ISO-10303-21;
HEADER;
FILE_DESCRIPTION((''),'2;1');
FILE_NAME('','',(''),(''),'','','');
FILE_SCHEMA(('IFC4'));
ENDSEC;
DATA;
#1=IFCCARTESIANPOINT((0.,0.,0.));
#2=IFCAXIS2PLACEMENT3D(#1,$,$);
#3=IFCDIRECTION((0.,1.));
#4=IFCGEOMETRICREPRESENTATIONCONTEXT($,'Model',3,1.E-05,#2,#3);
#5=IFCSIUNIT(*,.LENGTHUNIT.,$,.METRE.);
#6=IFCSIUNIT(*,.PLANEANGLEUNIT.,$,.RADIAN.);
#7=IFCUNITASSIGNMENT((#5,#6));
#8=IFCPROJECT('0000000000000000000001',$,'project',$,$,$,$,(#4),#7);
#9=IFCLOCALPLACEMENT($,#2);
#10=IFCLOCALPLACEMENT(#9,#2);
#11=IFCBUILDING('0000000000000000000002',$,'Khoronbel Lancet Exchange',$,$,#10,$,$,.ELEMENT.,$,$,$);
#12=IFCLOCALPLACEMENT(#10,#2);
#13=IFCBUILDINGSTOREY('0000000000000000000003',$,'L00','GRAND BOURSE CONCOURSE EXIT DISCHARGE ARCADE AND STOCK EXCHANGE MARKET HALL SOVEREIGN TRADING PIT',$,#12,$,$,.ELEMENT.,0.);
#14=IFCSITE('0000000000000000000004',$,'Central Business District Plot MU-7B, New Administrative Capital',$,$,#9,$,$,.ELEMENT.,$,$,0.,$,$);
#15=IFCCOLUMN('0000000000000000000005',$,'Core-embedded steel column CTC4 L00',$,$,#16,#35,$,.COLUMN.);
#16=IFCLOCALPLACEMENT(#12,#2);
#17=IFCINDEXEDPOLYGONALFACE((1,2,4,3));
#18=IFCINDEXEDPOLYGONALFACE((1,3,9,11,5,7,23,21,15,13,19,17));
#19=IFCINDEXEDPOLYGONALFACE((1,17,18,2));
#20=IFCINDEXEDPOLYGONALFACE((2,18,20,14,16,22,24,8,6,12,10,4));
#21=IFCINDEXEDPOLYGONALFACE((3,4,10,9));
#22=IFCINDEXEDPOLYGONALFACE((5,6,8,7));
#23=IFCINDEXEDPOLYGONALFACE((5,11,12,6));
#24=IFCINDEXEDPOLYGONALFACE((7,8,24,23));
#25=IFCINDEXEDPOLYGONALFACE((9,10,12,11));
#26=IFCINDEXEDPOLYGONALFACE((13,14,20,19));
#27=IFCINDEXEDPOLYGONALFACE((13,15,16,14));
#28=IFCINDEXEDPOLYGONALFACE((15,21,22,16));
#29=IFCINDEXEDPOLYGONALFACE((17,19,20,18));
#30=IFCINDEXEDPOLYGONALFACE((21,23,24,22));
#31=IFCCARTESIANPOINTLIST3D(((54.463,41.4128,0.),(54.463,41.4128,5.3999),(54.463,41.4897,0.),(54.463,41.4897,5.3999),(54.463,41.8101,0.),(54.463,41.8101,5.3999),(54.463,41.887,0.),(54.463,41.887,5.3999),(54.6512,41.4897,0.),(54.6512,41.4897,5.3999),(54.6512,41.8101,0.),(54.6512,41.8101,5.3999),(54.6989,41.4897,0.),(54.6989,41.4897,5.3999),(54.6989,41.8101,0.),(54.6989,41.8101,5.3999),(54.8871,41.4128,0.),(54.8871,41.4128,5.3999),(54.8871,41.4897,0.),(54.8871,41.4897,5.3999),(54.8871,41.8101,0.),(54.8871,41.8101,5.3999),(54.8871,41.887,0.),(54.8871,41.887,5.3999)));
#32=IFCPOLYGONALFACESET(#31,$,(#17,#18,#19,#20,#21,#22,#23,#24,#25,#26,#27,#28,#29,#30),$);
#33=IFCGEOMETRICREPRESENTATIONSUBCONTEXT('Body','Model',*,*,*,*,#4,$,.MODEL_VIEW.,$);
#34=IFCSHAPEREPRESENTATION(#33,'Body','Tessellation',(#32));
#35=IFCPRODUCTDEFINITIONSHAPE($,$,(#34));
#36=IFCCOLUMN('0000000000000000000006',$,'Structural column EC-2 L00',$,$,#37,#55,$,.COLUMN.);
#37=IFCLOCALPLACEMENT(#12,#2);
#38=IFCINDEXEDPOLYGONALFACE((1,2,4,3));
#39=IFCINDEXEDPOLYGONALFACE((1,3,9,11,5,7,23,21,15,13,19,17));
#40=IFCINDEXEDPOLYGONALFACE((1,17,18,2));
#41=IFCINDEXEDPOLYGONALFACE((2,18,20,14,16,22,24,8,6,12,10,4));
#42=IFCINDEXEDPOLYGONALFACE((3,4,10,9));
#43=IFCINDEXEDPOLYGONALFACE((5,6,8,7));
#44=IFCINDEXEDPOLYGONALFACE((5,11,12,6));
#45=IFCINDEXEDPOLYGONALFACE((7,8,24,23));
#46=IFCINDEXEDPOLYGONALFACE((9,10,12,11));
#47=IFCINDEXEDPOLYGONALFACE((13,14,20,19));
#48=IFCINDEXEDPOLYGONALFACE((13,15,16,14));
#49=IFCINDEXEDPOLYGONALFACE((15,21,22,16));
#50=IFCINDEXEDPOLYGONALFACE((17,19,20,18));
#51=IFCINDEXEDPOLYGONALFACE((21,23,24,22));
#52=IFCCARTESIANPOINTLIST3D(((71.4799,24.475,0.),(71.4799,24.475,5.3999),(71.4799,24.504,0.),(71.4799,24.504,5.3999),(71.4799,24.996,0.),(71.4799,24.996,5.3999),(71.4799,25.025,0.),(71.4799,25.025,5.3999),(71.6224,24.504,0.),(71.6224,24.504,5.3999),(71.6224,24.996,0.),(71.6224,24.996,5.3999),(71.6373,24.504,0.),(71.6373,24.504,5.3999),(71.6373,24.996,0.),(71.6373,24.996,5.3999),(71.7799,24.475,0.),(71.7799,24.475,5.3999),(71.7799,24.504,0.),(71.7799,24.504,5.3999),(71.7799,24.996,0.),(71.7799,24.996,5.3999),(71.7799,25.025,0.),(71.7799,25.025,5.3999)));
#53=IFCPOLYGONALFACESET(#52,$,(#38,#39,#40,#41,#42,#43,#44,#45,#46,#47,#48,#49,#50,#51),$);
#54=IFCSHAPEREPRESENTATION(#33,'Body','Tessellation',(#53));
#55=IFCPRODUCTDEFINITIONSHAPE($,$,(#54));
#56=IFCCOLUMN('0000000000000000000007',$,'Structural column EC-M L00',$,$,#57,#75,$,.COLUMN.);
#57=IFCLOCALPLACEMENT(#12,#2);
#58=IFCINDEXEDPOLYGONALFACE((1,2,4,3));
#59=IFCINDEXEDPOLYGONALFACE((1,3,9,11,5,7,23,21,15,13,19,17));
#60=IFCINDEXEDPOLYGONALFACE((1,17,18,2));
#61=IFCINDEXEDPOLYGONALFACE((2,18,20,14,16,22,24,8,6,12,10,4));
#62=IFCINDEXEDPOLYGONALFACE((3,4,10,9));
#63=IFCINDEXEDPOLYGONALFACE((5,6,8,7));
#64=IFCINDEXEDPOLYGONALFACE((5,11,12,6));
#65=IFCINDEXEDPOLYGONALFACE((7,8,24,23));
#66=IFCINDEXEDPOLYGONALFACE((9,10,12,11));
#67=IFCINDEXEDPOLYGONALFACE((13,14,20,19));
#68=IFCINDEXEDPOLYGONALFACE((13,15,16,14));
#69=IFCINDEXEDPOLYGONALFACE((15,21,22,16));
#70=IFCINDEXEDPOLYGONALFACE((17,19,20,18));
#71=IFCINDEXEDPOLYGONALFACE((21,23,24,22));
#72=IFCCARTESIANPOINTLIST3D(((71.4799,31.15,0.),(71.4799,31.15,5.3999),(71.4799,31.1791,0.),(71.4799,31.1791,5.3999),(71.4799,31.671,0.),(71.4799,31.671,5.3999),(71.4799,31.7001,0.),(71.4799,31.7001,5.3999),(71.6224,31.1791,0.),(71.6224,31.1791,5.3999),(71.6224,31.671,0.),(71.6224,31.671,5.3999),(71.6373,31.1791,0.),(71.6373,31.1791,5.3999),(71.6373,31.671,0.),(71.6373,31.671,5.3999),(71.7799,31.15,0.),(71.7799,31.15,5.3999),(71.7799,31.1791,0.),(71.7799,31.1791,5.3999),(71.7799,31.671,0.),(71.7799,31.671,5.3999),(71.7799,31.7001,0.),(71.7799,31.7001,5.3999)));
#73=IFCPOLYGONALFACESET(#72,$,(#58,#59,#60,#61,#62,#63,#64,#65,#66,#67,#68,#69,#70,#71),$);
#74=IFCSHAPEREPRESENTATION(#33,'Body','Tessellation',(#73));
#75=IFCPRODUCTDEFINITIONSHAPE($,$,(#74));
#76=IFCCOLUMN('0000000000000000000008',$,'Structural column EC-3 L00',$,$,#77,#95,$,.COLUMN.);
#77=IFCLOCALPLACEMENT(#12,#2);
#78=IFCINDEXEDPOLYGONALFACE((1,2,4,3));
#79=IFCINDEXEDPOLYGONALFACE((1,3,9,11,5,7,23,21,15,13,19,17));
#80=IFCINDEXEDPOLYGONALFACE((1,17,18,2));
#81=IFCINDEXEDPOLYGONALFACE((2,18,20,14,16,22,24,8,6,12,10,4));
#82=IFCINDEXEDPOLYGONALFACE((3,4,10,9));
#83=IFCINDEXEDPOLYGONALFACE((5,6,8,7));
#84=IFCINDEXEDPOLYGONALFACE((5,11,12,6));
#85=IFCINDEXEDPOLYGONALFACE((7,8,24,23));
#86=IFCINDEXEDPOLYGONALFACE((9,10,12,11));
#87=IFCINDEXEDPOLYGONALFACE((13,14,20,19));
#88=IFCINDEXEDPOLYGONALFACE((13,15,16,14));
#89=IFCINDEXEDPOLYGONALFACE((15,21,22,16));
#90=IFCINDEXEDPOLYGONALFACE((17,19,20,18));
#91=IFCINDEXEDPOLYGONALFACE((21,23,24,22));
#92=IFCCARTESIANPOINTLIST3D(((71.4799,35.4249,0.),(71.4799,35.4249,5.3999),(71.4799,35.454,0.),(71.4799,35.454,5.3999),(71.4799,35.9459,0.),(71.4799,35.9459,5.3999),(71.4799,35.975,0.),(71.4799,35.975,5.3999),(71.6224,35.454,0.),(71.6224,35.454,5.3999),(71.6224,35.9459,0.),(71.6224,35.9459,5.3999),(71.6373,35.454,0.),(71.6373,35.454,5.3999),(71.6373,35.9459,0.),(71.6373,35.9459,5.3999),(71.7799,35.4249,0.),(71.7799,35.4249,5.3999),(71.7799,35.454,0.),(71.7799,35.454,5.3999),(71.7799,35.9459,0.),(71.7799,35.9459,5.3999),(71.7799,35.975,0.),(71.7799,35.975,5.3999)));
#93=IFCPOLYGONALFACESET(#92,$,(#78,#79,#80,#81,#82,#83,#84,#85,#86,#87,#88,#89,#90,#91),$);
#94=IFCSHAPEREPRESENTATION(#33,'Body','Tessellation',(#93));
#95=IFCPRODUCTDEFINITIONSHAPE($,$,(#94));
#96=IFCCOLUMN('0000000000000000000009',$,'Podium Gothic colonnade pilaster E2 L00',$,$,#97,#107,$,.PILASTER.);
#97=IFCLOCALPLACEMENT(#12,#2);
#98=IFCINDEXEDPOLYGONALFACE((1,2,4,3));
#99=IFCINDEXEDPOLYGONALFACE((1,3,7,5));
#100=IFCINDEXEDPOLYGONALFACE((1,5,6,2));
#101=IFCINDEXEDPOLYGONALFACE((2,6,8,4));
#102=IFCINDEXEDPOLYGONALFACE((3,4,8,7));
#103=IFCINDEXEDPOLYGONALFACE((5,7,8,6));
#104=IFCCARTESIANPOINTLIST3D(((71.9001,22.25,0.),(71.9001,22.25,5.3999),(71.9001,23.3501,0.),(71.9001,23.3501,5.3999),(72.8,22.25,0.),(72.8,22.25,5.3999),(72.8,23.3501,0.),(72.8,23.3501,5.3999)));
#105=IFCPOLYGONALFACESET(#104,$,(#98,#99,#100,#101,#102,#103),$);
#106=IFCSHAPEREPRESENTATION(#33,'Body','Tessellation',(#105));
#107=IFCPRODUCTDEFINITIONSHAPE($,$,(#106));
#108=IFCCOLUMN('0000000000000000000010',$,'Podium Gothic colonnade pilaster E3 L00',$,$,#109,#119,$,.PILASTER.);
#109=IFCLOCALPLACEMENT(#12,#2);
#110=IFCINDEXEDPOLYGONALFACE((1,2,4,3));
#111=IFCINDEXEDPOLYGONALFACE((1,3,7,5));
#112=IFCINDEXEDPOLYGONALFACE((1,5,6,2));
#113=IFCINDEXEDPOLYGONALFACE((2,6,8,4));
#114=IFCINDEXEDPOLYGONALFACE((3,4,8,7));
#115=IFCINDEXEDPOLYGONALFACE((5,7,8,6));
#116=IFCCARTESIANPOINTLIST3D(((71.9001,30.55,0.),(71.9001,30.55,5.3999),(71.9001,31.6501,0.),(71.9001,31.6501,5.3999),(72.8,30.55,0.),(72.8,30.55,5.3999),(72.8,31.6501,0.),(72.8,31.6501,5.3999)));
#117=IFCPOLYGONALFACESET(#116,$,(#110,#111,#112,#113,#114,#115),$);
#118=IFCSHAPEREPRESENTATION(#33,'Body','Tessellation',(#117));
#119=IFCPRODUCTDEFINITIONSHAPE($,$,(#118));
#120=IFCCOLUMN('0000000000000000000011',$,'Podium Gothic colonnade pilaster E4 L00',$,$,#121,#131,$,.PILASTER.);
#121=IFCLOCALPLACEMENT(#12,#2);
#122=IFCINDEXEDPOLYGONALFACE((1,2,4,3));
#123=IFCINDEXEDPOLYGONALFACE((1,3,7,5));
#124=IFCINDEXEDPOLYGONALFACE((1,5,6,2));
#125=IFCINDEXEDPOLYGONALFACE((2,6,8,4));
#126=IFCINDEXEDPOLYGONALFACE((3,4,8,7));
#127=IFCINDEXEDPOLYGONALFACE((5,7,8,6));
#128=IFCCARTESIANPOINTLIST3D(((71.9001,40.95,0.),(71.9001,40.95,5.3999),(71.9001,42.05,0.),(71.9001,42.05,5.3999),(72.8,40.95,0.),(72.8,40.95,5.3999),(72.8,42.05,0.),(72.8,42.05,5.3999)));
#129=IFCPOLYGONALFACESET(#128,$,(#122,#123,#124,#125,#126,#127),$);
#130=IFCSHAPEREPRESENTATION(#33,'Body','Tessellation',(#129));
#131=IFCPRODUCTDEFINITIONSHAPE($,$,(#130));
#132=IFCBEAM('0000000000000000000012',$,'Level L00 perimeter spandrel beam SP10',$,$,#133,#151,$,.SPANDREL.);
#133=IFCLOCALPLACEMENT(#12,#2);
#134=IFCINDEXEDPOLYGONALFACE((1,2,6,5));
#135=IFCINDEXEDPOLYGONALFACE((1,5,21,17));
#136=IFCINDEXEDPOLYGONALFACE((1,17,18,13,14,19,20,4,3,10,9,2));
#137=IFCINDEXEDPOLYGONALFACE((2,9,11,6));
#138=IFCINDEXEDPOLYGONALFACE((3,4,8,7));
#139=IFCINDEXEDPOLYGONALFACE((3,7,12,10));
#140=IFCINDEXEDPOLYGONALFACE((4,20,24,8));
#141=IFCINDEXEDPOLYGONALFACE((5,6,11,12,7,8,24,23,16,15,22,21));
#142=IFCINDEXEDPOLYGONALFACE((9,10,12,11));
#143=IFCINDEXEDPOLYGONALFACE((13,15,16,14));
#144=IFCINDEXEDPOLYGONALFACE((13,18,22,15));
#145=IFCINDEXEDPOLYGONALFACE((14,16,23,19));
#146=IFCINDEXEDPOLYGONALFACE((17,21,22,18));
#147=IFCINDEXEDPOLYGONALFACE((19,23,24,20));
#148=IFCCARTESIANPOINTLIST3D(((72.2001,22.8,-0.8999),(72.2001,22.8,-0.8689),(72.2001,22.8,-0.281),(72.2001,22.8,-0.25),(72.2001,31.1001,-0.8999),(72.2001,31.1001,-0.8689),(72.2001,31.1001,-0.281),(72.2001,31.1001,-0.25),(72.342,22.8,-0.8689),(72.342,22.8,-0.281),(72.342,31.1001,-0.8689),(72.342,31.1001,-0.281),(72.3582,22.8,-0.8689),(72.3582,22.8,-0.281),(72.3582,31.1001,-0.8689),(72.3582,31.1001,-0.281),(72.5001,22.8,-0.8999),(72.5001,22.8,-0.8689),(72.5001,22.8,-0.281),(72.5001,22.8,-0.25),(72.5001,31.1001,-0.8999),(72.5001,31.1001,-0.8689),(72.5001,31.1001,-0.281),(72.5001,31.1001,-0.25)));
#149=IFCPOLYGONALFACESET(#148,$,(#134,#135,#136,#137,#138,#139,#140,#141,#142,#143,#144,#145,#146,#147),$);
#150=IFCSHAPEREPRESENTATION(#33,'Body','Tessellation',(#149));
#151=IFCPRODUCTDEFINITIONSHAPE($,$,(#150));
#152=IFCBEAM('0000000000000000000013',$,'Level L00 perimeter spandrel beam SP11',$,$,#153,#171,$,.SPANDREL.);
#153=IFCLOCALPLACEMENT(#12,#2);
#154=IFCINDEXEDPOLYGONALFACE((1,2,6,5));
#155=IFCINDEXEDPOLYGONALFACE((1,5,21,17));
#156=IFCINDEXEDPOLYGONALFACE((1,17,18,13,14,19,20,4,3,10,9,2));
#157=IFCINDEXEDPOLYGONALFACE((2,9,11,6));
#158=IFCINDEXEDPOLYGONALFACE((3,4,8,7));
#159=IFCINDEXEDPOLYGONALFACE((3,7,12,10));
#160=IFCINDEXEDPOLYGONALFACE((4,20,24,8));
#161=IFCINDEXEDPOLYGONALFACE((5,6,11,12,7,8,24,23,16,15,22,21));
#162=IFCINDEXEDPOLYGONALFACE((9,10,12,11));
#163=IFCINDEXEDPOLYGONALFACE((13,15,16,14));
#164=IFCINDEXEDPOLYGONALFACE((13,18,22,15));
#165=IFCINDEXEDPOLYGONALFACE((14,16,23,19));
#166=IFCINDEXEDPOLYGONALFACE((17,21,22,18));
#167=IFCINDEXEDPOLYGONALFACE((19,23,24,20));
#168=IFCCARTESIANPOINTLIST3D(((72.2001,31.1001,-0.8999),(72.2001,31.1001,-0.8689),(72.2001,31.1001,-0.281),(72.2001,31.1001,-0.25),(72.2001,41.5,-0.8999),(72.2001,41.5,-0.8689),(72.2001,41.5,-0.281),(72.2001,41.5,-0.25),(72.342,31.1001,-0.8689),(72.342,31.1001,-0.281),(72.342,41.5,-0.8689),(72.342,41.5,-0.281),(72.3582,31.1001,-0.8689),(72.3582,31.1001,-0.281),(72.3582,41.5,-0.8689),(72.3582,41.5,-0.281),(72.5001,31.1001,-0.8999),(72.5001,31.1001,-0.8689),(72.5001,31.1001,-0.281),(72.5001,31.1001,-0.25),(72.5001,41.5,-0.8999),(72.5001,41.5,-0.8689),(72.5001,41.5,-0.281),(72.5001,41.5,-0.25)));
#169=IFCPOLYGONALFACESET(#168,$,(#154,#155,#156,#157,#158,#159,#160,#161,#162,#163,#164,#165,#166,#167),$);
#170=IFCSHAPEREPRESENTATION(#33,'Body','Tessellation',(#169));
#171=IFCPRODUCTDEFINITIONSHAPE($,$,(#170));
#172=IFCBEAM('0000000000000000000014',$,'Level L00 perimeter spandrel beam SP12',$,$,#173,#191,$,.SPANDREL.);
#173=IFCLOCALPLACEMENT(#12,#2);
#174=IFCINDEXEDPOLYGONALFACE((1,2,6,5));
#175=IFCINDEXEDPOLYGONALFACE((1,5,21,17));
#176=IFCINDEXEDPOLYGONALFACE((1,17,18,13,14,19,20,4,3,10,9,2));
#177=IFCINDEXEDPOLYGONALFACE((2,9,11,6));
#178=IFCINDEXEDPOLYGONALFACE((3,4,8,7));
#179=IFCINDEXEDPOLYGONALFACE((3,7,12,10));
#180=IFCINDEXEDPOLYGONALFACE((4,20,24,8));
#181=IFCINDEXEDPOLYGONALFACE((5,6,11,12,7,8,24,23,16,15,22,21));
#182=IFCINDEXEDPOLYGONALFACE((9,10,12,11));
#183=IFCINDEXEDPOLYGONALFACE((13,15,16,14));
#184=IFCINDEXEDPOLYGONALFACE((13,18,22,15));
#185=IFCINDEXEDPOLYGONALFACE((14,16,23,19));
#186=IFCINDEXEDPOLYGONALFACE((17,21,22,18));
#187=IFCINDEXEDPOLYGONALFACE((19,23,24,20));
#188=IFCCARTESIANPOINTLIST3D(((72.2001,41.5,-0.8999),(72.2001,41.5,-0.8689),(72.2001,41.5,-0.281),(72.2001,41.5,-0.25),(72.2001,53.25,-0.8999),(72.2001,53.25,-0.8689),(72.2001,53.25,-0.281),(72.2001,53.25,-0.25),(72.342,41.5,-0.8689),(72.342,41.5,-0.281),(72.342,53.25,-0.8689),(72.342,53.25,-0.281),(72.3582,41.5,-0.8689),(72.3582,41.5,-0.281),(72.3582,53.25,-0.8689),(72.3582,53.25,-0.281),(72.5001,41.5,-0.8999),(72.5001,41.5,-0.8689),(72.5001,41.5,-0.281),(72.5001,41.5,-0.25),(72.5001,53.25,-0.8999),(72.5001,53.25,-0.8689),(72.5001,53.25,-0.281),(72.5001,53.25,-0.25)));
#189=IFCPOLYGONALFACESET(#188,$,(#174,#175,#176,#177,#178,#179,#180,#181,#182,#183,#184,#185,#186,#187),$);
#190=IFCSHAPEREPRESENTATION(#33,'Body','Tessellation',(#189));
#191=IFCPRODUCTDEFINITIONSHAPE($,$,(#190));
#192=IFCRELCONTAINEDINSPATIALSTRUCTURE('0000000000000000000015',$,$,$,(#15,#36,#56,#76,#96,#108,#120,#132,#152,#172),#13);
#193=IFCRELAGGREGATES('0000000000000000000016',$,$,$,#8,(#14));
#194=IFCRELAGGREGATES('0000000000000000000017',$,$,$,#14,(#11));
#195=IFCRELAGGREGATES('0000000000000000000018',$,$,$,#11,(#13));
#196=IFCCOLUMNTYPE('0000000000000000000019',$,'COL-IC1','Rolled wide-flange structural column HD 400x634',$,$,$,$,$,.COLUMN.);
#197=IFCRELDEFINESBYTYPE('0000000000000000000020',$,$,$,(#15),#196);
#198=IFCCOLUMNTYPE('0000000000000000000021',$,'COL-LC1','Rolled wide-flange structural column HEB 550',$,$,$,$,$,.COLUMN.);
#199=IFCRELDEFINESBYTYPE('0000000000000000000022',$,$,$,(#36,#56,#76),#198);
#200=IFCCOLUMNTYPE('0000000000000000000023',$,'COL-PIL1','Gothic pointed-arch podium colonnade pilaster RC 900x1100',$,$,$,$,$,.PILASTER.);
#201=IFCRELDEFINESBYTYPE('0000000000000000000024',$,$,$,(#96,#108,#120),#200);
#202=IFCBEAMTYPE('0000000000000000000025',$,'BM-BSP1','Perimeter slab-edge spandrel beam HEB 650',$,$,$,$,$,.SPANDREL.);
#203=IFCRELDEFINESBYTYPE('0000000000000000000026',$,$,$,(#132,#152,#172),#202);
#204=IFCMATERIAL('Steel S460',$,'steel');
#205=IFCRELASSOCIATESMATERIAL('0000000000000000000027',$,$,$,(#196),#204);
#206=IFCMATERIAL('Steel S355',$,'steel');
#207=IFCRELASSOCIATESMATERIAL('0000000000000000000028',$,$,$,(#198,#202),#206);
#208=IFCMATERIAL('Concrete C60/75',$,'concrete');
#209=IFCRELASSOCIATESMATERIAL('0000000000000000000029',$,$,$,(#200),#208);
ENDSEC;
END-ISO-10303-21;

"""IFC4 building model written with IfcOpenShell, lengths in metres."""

from ifc_helpers import new_model, si_unit, direction, frame, origin, origin_2d, place, context, subcontext, project, spatial, rectangle, i_section, extrude, material, material_profile, profile_set, type_object, element, save


model = new_model("IFC4")

# Units and contexts
model_context = context("Model", 3, precision=1e-05, world=origin(), true_north=direction((0.0, 1.0)))
body_context = subcontext(model_context, "Body", "Model", "MODEL_VIEW")
ifc_project = project(units=[si_unit("LENGTHUNIT", "METRE"), si_unit("PLANEANGLEUNIT", "RADIAN")], contexts=[model_context])

# Site, building, storey
site_placement = place(None, origin())
site = spatial("IfcSite", under=ifc_project, at=site_placement, Name="Central Business District Plot MU-7B, New Administrative Capital", CompositionType="ELEMENT", RefElevation=0.0)
building_placement = place(site_placement, origin())
building = spatial("IfcBuilding", under=site, at=building_placement, Name="Khoronbel Lancet Exchange", CompositionType="ELEMENT")
storey_placement = place(building_placement, origin())
storey = spatial("IfcBuildingStorey", under=building, at=storey_placement, Name="L00", Description="GRAND BOURSE CONCOURSE EXIT DISCHARGE ARCADE AND STOCK EXCHANGE MARKET HALL SOVEREIGN TRADING PIT", CompositionType="ELEMENT", Elevation=0.0)

# Columns
ifc_material_1 = material(Name="Steel S460", Category="steel")
ifc_material_profile_1 = material_profile(ifc_material_1, i_section(OverallWidth=0.4241, OverallDepth=0.4741, WebThickness=0.0476, FlangeThickness=0.0769, at=origin_2d()), Name="HD 400x634")
ifc_profile_set_1 = profile_set([ifc_material_profile_1], Name="Steel S460")
column_type_1 = type_object("IfcColumnType", Name="COL-IC1", Description="Rolled wide-flange structural column HD 400x634", PredefinedType="COLUMN", material=ifc_profile_set_1)
column_placement = place(storey_placement, frame((54.675, 41.6499, 0.0), z_axis=(0.0, 0.0, 1.0), x_axis=(1.0, 0.0, 0.0)))
element("IfcColumn", 1, at=column_placement, inside=storey, type_object=column_type_1, Name="Core-embedded steel column CTC4 L00", PredefinedType="COLUMN", context=body_context, shape_type="SweptSolid", body=[
    extrude(i_section(OverallWidth=0.4241, OverallDepth=0.4741, WebThickness=0.0476, FlangeThickness=0.0769, at=origin_2d()), origin(), (0.0, 0.0, 1.0), 5.3999),
])
ifc_material_2 = material(Name="Steel S355", Category="steel")
ifc_material_profile_2 = material_profile(ifc_material_2, i_section(OverallWidth=0.3, OverallDepth=0.55, WebThickness=0.0149, FlangeThickness=0.0291, at=origin_2d()), Name="HEB 550")
ifc_profile_set_2 = profile_set([ifc_material_profile_2], Name="Steel S355")
column_type_2 = type_object("IfcColumnType", Name="COL-LC1", Description="Rolled wide-flange structural column HEB 550", PredefinedType="COLUMN", material=ifc_profile_set_2)
for number, where, z_axis, x_axis, name in (
    (2, (71.6299, 24.75, 0.0), (0.0, 0.0, 1.0), (1.0, 0.0, 0.0), "Structural column EC-2 L00"),
    (3, (71.6299, 31.425, 0.0), (0.0, 0.0, 1.0), (1.0, 0.0, 0.0), "Structural column EC-M L00"),
    (4, (71.6299, 35.7, 0.0), (0.0, 0.0, 1.0), (1.0, 0.0, 0.0), "Structural column EC-3 L00"),
):
    element("IfcColumn", number, at=place(storey_placement, frame(where, z_axis=z_axis, x_axis=x_axis)), inside=storey, type_object=column_type_2, Name=name, PredefinedType="COLUMN", context=body_context, shape_type="SweptSolid", body=[
        extrude(i_section(OverallWidth=0.3, OverallDepth=0.55, WebThickness=0.0149, FlangeThickness=0.0291, at=origin_2d()), origin(), (0.0, 0.0, 1.0), 5.3999),
    ])
ifc_material_3 = material(Name="Concrete C60/75", Category="concrete")
ifc_material_profile_3 = material_profile(ifc_material_3, rectangle(XDim=0.8999, YDim=1.1001, at=origin_2d()), Name="RC 900x1100")
ifc_profile_set_3 = profile_set([ifc_material_profile_3], Name="Concrete C60/75")
column_type_3 = type_object("IfcColumnType", Name="COL-PIL1", Description="Gothic pointed-arch podium colonnade pilaster RC 900x1100", PredefinedType="PILASTER", material=ifc_profile_set_3)
for number, where, z_axis, x_axis, name in (
    (5, (72.3501, 22.8, 0.0), (0.0, 0.0, 1.0), (1.0, 0.0, 0.0), "Podium Gothic colonnade pilaster E2 L00"),
    (6, (72.3501, 31.1001, 0.0), (0.0, 0.0, 1.0), (1.0, 0.0, 0.0), "Podium Gothic colonnade pilaster E3 L00"),
    (7, (72.3501, 41.5, 0.0), (0.0, 0.0, 1.0), (1.0, 0.0, 0.0), "Podium Gothic colonnade pilaster E4 L00"),
):
    element("IfcColumn", number, at=place(storey_placement, frame(where, z_axis=z_axis, x_axis=x_axis)), inside=storey, type_object=column_type_3, Name=name, PredefinedType="PILASTER", context=body_context, shape_type="SweptSolid", body=[
        extrude(rectangle(XDim=0.8999, YDim=1.1001, at=origin_2d()), origin(), (0.0, 0.0, 1.0), 5.3999),
    ])

# Beams
ifc_material_profile_4 = material_profile(ifc_material_2, i_section(OverallWidth=0.3, OverallDepth=0.6499, WebThickness=0.0161, FlangeThickness=0.031, at=origin_2d()), Name="HEB 650")
ifc_profile_set_4 = profile_set([ifc_material_profile_4], Name="Steel S355")
beam_type = type_object("IfcBeamType", Name="BM-BSP1", Description="Perimeter slab-edge spandrel beam HEB 650", PredefinedType="SPANDREL", material=ifc_profile_set_4)
beam_1_placement = place(storey_placement, frame((72.3501, 22.8, -0.575), z_axis=(0.0, 1.0, 0.0), x_axis=(-1.0, 0.0, 0.0)))
element("IfcBeam", 8, at=beam_1_placement, inside=storey, type_object=beam_type, Name="Level L00 perimeter spandrel beam SP10", PredefinedType="SPANDREL", context=body_context, shape_type="SweptSolid", body=[
    extrude(i_section(OverallWidth=0.3, OverallDepth=0.6499, WebThickness=0.0161, FlangeThickness=0.031, at=origin_2d()), origin(), (0.0, 0.0, 1.0), 8.3),
])
beam_2_placement = place(storey_placement, frame((72.3501, 31.1001, -0.575), z_axis=(0.0, 1.0, 0.0), x_axis=(-1.0, 0.0, 0.0)))
element("IfcBeam", 9, at=beam_2_placement, inside=storey, type_object=beam_type, Name="Level L00 perimeter spandrel beam SP11", PredefinedType="SPANDREL", context=body_context, shape_type="SweptSolid", body=[
    extrude(i_section(OverallWidth=0.3, OverallDepth=0.6499, WebThickness=0.0161, FlangeThickness=0.031, at=origin_2d()), origin(), (0.0, 0.0, 1.0), 10.3999),
])
beam_3_placement = place(storey_placement, frame((72.3501, 41.5, -0.575), z_axis=(0.0, 1.0, 0.0), x_axis=(-1.0, 0.0, 0.0)))
element("IfcBeam", 10, at=beam_3_placement, inside=storey, type_object=beam_type, Name="Level L00 perimeter spandrel beam SP12", PredefinedType="SPANDREL", context=body_context, shape_type="SweptSolid", body=[
    extrude(i_section(OverallWidth=0.3, OverallDepth=0.6499, WebThickness=0.0161, FlangeThickness=0.031, at=origin_2d()), origin(), (0.0, 0.0, 1.0), 11.75),
])

save(model, "model.ifc")
